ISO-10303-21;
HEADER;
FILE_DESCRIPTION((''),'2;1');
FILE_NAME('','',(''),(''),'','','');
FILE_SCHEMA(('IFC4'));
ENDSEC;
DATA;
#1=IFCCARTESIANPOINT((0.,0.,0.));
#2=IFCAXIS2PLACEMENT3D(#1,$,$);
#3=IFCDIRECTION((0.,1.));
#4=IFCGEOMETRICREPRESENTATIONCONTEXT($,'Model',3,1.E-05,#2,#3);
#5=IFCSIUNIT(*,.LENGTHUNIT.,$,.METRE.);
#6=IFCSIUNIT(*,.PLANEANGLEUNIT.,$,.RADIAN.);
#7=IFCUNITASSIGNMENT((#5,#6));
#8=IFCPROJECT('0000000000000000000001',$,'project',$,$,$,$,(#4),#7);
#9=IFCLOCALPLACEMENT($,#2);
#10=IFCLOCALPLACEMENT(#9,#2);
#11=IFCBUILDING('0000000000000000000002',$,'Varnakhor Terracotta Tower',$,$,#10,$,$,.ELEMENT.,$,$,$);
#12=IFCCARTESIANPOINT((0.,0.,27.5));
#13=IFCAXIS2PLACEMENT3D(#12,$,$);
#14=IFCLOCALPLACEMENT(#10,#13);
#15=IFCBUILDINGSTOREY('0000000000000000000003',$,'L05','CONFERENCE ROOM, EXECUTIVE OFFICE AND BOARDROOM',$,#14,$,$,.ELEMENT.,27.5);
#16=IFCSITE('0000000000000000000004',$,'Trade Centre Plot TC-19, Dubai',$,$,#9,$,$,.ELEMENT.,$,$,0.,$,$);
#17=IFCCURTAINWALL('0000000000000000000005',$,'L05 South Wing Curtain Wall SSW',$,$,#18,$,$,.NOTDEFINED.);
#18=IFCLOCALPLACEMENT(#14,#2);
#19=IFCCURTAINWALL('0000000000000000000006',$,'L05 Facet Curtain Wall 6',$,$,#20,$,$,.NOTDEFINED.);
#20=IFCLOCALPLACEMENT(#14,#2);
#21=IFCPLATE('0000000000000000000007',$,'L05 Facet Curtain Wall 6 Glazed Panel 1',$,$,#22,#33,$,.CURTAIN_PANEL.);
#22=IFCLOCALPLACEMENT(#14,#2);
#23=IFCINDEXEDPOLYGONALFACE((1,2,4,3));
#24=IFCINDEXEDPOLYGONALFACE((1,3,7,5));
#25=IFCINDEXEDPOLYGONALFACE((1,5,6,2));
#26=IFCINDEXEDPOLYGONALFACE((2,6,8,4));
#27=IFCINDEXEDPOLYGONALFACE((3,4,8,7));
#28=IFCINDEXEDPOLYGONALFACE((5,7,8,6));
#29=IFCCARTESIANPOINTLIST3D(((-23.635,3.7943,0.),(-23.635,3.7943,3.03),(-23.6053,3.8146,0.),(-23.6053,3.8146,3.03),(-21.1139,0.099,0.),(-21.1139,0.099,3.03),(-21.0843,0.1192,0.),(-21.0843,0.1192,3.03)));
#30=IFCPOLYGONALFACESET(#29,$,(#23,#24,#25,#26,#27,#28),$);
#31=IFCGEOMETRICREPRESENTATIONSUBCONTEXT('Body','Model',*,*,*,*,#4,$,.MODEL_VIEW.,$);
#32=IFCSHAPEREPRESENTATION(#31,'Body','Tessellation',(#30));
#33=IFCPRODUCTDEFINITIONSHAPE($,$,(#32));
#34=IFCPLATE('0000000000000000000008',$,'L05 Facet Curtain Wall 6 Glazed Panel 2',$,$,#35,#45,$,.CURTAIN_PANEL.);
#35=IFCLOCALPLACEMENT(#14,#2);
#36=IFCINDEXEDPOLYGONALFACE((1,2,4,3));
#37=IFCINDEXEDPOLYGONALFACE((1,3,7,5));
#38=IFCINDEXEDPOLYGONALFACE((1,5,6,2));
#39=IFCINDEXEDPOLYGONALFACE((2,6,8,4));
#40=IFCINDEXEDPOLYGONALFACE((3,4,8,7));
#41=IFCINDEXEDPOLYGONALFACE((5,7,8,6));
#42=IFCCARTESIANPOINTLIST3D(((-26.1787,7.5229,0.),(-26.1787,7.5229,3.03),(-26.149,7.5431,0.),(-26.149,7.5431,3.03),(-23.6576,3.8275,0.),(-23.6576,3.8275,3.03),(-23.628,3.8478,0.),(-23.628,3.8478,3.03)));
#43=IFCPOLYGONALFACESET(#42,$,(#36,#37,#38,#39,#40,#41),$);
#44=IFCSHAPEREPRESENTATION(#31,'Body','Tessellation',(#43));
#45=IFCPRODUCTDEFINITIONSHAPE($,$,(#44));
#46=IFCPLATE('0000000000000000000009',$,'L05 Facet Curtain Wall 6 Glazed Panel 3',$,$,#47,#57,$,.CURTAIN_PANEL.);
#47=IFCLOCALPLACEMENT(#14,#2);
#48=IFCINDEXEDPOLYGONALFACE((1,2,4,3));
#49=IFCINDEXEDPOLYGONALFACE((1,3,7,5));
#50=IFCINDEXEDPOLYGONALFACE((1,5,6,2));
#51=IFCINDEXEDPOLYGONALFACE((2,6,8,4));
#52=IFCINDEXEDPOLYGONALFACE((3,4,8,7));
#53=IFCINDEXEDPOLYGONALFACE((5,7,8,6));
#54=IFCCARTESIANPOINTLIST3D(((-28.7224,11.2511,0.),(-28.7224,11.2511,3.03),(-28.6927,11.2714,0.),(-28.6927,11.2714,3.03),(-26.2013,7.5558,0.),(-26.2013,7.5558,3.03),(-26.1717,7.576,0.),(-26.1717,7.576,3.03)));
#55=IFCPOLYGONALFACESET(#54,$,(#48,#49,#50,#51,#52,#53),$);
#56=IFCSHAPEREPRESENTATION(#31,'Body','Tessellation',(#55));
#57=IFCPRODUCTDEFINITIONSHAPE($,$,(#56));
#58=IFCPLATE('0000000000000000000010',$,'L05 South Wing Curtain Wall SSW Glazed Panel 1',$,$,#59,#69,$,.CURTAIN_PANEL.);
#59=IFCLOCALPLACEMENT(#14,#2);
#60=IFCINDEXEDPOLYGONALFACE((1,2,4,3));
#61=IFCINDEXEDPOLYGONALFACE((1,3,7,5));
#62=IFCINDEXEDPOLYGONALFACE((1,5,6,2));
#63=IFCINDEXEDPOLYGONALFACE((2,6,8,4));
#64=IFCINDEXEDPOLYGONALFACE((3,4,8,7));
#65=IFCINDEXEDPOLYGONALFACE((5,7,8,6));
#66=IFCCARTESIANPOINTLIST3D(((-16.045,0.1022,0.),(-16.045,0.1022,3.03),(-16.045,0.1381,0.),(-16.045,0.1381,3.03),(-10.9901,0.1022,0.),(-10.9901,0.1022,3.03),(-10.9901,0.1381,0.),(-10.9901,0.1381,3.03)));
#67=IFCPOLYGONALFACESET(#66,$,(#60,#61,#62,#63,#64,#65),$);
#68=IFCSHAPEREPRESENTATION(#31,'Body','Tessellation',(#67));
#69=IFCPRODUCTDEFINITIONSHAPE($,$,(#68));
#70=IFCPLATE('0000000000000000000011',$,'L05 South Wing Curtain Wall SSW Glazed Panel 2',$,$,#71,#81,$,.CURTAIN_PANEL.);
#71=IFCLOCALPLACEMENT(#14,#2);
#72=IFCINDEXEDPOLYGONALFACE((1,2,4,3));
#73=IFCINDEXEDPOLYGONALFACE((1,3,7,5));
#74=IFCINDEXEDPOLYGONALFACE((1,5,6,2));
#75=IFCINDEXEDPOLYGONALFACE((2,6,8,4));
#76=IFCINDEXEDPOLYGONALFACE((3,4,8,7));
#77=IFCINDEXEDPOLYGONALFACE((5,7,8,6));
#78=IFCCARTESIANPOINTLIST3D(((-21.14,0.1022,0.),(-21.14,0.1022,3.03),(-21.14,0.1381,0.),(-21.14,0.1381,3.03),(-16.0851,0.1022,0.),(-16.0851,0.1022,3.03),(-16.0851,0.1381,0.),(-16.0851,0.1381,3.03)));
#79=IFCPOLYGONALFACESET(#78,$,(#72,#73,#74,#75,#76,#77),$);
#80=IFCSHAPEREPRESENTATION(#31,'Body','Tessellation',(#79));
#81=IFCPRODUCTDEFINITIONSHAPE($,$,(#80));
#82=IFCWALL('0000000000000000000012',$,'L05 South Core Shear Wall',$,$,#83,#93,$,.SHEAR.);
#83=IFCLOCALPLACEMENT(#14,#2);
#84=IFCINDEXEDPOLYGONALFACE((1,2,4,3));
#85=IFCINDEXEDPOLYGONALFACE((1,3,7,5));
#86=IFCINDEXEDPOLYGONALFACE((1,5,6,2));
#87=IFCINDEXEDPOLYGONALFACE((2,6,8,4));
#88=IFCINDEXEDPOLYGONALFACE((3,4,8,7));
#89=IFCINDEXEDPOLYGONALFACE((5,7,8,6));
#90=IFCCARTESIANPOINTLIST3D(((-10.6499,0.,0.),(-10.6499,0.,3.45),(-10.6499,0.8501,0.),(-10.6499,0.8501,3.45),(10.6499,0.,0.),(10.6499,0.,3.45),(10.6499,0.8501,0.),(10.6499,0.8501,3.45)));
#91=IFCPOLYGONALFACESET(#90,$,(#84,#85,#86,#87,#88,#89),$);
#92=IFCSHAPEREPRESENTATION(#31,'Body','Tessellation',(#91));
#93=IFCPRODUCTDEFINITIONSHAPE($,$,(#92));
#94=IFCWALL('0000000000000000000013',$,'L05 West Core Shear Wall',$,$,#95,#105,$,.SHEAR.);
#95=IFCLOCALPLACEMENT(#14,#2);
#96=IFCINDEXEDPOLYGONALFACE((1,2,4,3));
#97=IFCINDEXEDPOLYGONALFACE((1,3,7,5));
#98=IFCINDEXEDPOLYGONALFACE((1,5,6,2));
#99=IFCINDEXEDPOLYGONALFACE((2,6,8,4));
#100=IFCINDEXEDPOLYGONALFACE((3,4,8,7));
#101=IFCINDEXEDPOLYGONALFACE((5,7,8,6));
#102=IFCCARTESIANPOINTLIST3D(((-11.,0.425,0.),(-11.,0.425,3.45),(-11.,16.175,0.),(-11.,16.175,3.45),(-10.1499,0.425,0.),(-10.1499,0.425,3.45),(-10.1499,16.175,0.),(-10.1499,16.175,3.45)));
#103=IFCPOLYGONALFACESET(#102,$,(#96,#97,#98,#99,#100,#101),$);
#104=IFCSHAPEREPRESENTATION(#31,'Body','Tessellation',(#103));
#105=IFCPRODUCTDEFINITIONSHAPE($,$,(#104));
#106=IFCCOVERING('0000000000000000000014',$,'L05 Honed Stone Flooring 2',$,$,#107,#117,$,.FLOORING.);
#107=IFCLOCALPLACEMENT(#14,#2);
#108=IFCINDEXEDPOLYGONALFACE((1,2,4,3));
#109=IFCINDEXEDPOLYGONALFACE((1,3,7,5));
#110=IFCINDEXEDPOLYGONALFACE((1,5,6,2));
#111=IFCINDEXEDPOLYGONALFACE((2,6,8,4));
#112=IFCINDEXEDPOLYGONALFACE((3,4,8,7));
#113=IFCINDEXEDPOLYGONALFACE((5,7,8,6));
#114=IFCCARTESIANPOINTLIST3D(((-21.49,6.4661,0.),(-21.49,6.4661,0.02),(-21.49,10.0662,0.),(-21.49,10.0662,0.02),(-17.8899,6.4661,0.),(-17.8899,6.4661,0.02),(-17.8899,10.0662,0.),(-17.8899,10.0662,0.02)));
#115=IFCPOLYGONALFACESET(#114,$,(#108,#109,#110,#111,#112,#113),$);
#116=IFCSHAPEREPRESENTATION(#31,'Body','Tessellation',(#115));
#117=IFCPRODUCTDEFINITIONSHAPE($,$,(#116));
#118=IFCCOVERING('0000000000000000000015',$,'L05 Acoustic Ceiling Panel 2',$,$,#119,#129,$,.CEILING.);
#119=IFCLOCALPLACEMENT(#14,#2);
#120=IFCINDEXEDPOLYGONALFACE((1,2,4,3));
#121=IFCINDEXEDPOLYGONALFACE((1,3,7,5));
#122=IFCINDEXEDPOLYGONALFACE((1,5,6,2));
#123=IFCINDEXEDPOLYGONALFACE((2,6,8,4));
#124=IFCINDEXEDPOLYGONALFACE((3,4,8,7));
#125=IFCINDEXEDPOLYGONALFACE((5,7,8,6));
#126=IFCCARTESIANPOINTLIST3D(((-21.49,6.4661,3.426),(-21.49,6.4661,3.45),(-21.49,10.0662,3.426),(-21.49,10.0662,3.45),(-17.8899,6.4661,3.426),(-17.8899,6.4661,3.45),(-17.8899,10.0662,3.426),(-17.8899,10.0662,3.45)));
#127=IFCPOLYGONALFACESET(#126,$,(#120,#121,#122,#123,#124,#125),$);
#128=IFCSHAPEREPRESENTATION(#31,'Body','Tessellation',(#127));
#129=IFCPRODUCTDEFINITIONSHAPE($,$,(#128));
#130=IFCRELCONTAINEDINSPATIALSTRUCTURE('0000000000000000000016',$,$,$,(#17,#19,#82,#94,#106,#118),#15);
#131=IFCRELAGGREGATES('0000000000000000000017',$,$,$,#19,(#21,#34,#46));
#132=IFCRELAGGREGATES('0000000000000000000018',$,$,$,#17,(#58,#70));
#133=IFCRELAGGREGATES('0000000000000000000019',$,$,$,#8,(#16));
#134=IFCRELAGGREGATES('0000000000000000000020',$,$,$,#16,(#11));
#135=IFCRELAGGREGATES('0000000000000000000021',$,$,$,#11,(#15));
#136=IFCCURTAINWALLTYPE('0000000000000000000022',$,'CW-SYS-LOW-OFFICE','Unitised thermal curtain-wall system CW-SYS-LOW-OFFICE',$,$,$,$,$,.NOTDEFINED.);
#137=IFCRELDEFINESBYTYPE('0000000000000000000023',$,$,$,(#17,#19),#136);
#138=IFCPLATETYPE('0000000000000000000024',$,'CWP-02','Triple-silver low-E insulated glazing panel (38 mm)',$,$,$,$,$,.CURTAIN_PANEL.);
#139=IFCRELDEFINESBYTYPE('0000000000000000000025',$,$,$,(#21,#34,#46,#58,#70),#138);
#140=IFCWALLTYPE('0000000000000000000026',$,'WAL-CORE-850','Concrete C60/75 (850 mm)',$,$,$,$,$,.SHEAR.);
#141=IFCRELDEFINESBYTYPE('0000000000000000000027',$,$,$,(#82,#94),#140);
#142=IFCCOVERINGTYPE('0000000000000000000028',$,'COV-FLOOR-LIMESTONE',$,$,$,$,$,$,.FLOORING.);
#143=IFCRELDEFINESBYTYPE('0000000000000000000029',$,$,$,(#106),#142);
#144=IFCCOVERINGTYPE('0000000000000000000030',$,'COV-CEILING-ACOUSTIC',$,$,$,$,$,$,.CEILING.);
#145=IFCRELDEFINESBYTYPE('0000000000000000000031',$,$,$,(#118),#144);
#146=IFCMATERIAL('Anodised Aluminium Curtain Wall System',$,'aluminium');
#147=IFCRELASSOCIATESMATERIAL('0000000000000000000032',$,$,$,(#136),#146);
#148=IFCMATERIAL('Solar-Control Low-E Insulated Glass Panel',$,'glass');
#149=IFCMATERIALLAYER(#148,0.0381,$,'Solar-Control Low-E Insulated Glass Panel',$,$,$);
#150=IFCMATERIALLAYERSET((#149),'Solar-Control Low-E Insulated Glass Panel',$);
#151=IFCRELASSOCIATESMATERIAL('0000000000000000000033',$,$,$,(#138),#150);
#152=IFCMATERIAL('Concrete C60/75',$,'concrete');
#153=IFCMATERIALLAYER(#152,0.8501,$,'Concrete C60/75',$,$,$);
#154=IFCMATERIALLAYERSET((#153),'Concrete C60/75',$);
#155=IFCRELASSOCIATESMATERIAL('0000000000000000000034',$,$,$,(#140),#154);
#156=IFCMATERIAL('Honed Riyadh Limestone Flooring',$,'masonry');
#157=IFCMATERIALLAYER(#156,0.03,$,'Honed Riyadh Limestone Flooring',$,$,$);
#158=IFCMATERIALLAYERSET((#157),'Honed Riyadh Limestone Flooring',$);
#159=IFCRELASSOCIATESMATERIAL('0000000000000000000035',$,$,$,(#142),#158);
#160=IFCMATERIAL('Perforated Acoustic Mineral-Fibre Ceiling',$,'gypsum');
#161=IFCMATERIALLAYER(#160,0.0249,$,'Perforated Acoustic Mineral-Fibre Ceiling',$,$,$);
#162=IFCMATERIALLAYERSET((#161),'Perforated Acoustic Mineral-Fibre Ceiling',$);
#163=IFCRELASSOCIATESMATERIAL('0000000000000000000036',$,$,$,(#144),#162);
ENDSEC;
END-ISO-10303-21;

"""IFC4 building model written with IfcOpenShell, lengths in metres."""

from ifc_helpers import new_model, si_unit, direction, frame, frame_2d, origin, origin_2d, place, context, subcontext, project, spatial, rectangle, extrude, source, transform, mapped, material, layer, layer_set, type_object, element, aggregate, save


model = new_model("IFC4")

# Units and contexts
model_context = context("Model", 3, precision=1e-05, world=origin(), true_north=direction((0.0, 1.0)))
body_context = subcontext(model_context, "Body", "Model", "MODEL_VIEW")
ifc_project = project(units=[si_unit("LENGTHUNIT", "METRE"), si_unit("PLANEANGLEUNIT", "RADIAN")], contexts=[model_context])

# Site, building, storey
site_placement = place(None, origin())
site = spatial("IfcSite", under=ifc_project, at=site_placement, Name="Trade Centre Plot TC-19, Dubai", CompositionType="ELEMENT", RefElevation=0.0)
building_placement = place(site_placement, origin())
building = spatial("IfcBuilding", under=site, at=building_placement, Name="Varnakhor Terracotta Tower", CompositionType="ELEMENT")
storey_placement = place(building_placement, frame((0.0, 0.0, 27.5)))
storey = spatial("IfcBuildingStorey", under=building, at=storey_placement, Name="L05", Description="CONFERENCE ROOM, EXECUTIVE OFFICE AND BOARDROOM", CompositionType="ELEMENT", Elevation=27.5)

# Curtain walls
ifc_material_1 = material(Name="Anodised Aluminium Curtain Wall System", Category="aluminium")
curtain_wall_type = type_object("IfcCurtainWallType", Name="CW-SYS-LOW-OFFICE", Description="Unitised thermal curtain-wall system CW-SYS-LOW-OFFICE", PredefinedType="NOTDEFINED", material=ifc_material_1)
curtain_wall_1_placement = place(storey_placement, origin())
curtain_wall_1 = element("IfcCurtainWall", 1, at=curtain_wall_1_placement, inside=storey, type_object=curtain_wall_type, Name="L05 South Wing Curtain Wall SSW", PredefinedType="NOTDEFINED")
curtain_wall_2_placement = place(storey_placement, origin())
curtain_wall_2 = element("IfcCurtainWall", 2, at=curtain_wall_2_placement, inside=storey, type_object=curtain_wall_type, Name="L05 Facet Curtain Wall 6", PredefinedType="NOTDEFINED")

# Plates
ifc_material_2 = material(Name="Solar-Control Low-E Insulated Glass Panel", Category="glass")
ifc_layer_1 = layer(ifc_material_2, 0.0381, Name="Solar-Control Low-E Insulated Glass Panel")
ifc_layer_set_1 = layer_set([ifc_layer_1], Name="Solar-Control Low-E Insulated Glass Panel")
plate_type = type_object("IfcPlateType", Name="CWP-02", Description="Triple-silver low-E insulated glazing panel (38 mm)", PredefinedType="CURTAIN_PANEL", material=ifc_layer_set_1)
shared_shape_1 = source(origin(), body_context, "Body", "SweptSolid", [
    extrude(rectangle(XDim=4.4734, YDim=0.0359, at=origin_2d()), origin(), (0.0, 0.0, 1.0), 3.03),
])
plate_1_placement = place(storey_placement, frame((-22.3596, 1.9568, 0.0), z_axis=(0.0, 0.0, 1.0), x_axis=(-0.563569, 0.826069, 0.0)))
plate_1 = element("IfcPlate", 3, at=plate_1_placement, type_object=plate_type, Name="L05 Facet Curtain Wall 6 Glazed Panel 1", PredefinedType="CURTAIN_PANEL", context=body_context, shape_type="MappedRepresentation", body=[
    mapped(shared_shape_1, transform((0.0, 0.0, 0.0), scale=1.0)),
])
plate_2_placement = place(storey_placement, frame((-24.9033, 5.6853, 0.0), z_axis=(0.0, 0.0, 1.0), x_axis=(-0.563569, 0.826069, 0.0)))
plate_2 = element("IfcPlate", 4, at=plate_2_placement, type_object=plate_type, Name="L05 Facet Curtain Wall 6 Glazed Panel 2", PredefinedType="CURTAIN_PANEL", context=body_context, shape_type="MappedRepresentation", body=[
    mapped(shared_shape_1, transform((0.0, 0.0, 0.0), scale=1.0)),
])
plate_3_placement = place(storey_placement, frame((-27.447, 9.4136, 0.0), z_axis=(0.0, 0.0, 1.0), x_axis=(-0.563569, 0.826069, 0.0)))
plate_3 = element("IfcPlate", 5, at=plate_3_placement, type_object=plate_type, Name="L05 Facet Curtain Wall 6 Glazed Panel 3", PredefinedType="CURTAIN_PANEL", context=body_context, shape_type="MappedRepresentation", body=[
    mapped(shared_shape_1, transform((0.0, 0.0, 0.0), scale=1.0)),
])
aggregate(curtain_wall_2, [plate_1, plate_2, plate_3])
shared_shape_2 = source(origin(), body_context, "Body", "SweptSolid", [
    extrude(rectangle(XDim=5.0549, YDim=0.0359, at=origin_2d()), origin(), (0.0, 0.0, 1.0), 3.03),
])
plate_4_placement = place(storey_placement, frame((-13.5176, 0.1201, 0.0), z_axis=(0.0, 0.0, 1.0), x_axis=(-1.0, 0.0, 0.0)))
plate_4 = element("IfcPlate", 6, at=plate_4_placement, type_object=plate_type, Name="L05 South Wing Curtain Wall SSW Glazed Panel 1", PredefinedType="CURTAIN_PANEL", context=body_context, shape_type="MappedRepresentation", body=[
    mapped(shared_shape_2, transform((0.0, 0.0, 0.0), scale=1.0)),
])
plate_5_placement = place(storey_placement, frame((-18.6125, 0.1201, 0.0), z_axis=(0.0, 0.0, 1.0), x_axis=(-1.0, 0.0, 0.0)))
plate_5 = element("IfcPlate", 7, at=plate_5_placement, type_object=plate_type, Name="L05 South Wing Curtain Wall SSW Glazed Panel 2", PredefinedType="CURTAIN_PANEL", context=body_context, shape_type="MappedRepresentation", body=[
    mapped(shared_shape_2, transform((0.0, 0.0, 0.0), scale=1.0)),
])
aggregate(curtain_wall_1, [plate_4, plate_5])

# Walls
ifc_material_3 = material(Name="Concrete C60/75", Category="concrete")
ifc_layer_2 = layer(ifc_material_3, 0.8501, Name="Concrete C60/75")
ifc_layer_set_2 = layer_set([ifc_layer_2], Name="Concrete C60/75")
wall_type = type_object("IfcWallType", Name="WAL-CORE-850", Description="Concrete C60/75 (850 mm)", PredefinedType="SHEAR", material=ifc_layer_set_2)
wall_1_placement = place(storey_placement, frame((-10.6499, 0.425, 0.0), z_axis=(0.0, 0.0, 1.0), x_axis=(1.0, 0.0, 0.0)))
element("IfcWall", 8, at=wall_1_placement, inside=storey, type_object=wall_type, Name="L05 South Core Shear Wall", PredefinedType="SHEAR", context=body_context, shape_type="SweptSolid", body=[
    extrude(rectangle(XDim=21.2998, YDim=0.8501, at=frame_2d((10.6499, 0.0))), origin(), (0.0, 0.0, 1.0), 3.45),
])
wall_2_placement = place(storey_placement, frame((-10.575, 0.425, 0.0), z_axis=(0.0, 0.0, 1.0), x_axis=(0.0, 1.0, 0.0)))
element("IfcWall", 9, at=wall_2_placement, inside=storey, type_object=wall_type, Name="L05 West Core Shear Wall", PredefinedType="SHEAR", context=body_context, shape_type="SweptSolid", body=[
    extrude(rectangle(XDim=15.75, YDim=0.8501, at=frame_2d((7.875, 0.0))), origin(), (0.0, 0.0, 1.0), 3.45),
])

# Coverings
ifc_material_4 = material(Name="Honed Riyadh Limestone Flooring", Category="masonry")
ifc_layer_3 = layer(ifc_material_4, 0.03, Name="Honed Riyadh Limestone Flooring")
ifc_layer_set_3 = layer_set([ifc_layer_3], Name="Honed Riyadh Limestone Flooring")
covering_type_1 = type_object("IfcCoveringType", Name="COV-FLOOR-LIMESTONE", PredefinedType="FLOORING", material=ifc_layer_set_3)
shared_shape_3 = source(origin(), body_context, "Body", "SweptSolid", [
    extrude(rectangle(XDim=3.6001, YDim=3.6001, at=origin_2d()), origin(), (0.0, 0.0, 1.0), 0.02),
])
covering_1_placement = place(storey_placement, frame((-19.6899, 8.2661, 0.0), z_axis=(0.0, 0.0, 1.0), x_axis=(1.0, 0.0, 0.0)))
element("IfcCovering", 10, at=covering_1_placement, inside=storey, type_object=covering_type_1, Name="L05 Honed Stone Flooring 2", PredefinedType="FLOORING", context=body_context, shape_type="MappedRepresentation", body=[
    mapped(shared_shape_3, transform((0.0, 0.0, 0.0), scale=1.0)),
])
ifc_material_5 = material(Name="Perforated Acoustic Mineral-Fibre Ceiling", Category="gypsum")
ifc_layer_4 = layer(ifc_material_5, 0.0249, Name="Perforated Acoustic Mineral-Fibre Ceiling")
ifc_layer_set_4 = layer_set([ifc_layer_4], Name="Perforated Acoustic Mineral-Fibre Ceiling")
covering_type_2 = type_object("IfcCoveringType", Name="COV-CEILING-ACOUSTIC", PredefinedType="CEILING", material=ifc_layer_set_4)
shared_shape_4 = source(origin(), body_context, "Body", "SweptSolid", [
    extrude(rectangle(XDim=3.6001, YDim=3.6001, at=origin_2d()), origin(), (0.0, 0.0, 1.0), 0.0239),
])
covering_2_placement = place(storey_placement, frame((-19.6899, 8.2661, 3.426), z_axis=(0.0, 0.0, 1.0), x_axis=(1.0, 0.0, 0.0)))
element("IfcCovering", 11, at=covering_2_placement, inside=storey, type_object=covering_type_2, Name="L05 Acoustic Ceiling Panel 2", PredefinedType="CEILING", context=body_context, shape_type="MappedRepresentation", body=[
    mapped(shared_shape_4, transform((0.0, 0.0, 0.0), scale=1.0)),
])

save(model, "model.ifc")
